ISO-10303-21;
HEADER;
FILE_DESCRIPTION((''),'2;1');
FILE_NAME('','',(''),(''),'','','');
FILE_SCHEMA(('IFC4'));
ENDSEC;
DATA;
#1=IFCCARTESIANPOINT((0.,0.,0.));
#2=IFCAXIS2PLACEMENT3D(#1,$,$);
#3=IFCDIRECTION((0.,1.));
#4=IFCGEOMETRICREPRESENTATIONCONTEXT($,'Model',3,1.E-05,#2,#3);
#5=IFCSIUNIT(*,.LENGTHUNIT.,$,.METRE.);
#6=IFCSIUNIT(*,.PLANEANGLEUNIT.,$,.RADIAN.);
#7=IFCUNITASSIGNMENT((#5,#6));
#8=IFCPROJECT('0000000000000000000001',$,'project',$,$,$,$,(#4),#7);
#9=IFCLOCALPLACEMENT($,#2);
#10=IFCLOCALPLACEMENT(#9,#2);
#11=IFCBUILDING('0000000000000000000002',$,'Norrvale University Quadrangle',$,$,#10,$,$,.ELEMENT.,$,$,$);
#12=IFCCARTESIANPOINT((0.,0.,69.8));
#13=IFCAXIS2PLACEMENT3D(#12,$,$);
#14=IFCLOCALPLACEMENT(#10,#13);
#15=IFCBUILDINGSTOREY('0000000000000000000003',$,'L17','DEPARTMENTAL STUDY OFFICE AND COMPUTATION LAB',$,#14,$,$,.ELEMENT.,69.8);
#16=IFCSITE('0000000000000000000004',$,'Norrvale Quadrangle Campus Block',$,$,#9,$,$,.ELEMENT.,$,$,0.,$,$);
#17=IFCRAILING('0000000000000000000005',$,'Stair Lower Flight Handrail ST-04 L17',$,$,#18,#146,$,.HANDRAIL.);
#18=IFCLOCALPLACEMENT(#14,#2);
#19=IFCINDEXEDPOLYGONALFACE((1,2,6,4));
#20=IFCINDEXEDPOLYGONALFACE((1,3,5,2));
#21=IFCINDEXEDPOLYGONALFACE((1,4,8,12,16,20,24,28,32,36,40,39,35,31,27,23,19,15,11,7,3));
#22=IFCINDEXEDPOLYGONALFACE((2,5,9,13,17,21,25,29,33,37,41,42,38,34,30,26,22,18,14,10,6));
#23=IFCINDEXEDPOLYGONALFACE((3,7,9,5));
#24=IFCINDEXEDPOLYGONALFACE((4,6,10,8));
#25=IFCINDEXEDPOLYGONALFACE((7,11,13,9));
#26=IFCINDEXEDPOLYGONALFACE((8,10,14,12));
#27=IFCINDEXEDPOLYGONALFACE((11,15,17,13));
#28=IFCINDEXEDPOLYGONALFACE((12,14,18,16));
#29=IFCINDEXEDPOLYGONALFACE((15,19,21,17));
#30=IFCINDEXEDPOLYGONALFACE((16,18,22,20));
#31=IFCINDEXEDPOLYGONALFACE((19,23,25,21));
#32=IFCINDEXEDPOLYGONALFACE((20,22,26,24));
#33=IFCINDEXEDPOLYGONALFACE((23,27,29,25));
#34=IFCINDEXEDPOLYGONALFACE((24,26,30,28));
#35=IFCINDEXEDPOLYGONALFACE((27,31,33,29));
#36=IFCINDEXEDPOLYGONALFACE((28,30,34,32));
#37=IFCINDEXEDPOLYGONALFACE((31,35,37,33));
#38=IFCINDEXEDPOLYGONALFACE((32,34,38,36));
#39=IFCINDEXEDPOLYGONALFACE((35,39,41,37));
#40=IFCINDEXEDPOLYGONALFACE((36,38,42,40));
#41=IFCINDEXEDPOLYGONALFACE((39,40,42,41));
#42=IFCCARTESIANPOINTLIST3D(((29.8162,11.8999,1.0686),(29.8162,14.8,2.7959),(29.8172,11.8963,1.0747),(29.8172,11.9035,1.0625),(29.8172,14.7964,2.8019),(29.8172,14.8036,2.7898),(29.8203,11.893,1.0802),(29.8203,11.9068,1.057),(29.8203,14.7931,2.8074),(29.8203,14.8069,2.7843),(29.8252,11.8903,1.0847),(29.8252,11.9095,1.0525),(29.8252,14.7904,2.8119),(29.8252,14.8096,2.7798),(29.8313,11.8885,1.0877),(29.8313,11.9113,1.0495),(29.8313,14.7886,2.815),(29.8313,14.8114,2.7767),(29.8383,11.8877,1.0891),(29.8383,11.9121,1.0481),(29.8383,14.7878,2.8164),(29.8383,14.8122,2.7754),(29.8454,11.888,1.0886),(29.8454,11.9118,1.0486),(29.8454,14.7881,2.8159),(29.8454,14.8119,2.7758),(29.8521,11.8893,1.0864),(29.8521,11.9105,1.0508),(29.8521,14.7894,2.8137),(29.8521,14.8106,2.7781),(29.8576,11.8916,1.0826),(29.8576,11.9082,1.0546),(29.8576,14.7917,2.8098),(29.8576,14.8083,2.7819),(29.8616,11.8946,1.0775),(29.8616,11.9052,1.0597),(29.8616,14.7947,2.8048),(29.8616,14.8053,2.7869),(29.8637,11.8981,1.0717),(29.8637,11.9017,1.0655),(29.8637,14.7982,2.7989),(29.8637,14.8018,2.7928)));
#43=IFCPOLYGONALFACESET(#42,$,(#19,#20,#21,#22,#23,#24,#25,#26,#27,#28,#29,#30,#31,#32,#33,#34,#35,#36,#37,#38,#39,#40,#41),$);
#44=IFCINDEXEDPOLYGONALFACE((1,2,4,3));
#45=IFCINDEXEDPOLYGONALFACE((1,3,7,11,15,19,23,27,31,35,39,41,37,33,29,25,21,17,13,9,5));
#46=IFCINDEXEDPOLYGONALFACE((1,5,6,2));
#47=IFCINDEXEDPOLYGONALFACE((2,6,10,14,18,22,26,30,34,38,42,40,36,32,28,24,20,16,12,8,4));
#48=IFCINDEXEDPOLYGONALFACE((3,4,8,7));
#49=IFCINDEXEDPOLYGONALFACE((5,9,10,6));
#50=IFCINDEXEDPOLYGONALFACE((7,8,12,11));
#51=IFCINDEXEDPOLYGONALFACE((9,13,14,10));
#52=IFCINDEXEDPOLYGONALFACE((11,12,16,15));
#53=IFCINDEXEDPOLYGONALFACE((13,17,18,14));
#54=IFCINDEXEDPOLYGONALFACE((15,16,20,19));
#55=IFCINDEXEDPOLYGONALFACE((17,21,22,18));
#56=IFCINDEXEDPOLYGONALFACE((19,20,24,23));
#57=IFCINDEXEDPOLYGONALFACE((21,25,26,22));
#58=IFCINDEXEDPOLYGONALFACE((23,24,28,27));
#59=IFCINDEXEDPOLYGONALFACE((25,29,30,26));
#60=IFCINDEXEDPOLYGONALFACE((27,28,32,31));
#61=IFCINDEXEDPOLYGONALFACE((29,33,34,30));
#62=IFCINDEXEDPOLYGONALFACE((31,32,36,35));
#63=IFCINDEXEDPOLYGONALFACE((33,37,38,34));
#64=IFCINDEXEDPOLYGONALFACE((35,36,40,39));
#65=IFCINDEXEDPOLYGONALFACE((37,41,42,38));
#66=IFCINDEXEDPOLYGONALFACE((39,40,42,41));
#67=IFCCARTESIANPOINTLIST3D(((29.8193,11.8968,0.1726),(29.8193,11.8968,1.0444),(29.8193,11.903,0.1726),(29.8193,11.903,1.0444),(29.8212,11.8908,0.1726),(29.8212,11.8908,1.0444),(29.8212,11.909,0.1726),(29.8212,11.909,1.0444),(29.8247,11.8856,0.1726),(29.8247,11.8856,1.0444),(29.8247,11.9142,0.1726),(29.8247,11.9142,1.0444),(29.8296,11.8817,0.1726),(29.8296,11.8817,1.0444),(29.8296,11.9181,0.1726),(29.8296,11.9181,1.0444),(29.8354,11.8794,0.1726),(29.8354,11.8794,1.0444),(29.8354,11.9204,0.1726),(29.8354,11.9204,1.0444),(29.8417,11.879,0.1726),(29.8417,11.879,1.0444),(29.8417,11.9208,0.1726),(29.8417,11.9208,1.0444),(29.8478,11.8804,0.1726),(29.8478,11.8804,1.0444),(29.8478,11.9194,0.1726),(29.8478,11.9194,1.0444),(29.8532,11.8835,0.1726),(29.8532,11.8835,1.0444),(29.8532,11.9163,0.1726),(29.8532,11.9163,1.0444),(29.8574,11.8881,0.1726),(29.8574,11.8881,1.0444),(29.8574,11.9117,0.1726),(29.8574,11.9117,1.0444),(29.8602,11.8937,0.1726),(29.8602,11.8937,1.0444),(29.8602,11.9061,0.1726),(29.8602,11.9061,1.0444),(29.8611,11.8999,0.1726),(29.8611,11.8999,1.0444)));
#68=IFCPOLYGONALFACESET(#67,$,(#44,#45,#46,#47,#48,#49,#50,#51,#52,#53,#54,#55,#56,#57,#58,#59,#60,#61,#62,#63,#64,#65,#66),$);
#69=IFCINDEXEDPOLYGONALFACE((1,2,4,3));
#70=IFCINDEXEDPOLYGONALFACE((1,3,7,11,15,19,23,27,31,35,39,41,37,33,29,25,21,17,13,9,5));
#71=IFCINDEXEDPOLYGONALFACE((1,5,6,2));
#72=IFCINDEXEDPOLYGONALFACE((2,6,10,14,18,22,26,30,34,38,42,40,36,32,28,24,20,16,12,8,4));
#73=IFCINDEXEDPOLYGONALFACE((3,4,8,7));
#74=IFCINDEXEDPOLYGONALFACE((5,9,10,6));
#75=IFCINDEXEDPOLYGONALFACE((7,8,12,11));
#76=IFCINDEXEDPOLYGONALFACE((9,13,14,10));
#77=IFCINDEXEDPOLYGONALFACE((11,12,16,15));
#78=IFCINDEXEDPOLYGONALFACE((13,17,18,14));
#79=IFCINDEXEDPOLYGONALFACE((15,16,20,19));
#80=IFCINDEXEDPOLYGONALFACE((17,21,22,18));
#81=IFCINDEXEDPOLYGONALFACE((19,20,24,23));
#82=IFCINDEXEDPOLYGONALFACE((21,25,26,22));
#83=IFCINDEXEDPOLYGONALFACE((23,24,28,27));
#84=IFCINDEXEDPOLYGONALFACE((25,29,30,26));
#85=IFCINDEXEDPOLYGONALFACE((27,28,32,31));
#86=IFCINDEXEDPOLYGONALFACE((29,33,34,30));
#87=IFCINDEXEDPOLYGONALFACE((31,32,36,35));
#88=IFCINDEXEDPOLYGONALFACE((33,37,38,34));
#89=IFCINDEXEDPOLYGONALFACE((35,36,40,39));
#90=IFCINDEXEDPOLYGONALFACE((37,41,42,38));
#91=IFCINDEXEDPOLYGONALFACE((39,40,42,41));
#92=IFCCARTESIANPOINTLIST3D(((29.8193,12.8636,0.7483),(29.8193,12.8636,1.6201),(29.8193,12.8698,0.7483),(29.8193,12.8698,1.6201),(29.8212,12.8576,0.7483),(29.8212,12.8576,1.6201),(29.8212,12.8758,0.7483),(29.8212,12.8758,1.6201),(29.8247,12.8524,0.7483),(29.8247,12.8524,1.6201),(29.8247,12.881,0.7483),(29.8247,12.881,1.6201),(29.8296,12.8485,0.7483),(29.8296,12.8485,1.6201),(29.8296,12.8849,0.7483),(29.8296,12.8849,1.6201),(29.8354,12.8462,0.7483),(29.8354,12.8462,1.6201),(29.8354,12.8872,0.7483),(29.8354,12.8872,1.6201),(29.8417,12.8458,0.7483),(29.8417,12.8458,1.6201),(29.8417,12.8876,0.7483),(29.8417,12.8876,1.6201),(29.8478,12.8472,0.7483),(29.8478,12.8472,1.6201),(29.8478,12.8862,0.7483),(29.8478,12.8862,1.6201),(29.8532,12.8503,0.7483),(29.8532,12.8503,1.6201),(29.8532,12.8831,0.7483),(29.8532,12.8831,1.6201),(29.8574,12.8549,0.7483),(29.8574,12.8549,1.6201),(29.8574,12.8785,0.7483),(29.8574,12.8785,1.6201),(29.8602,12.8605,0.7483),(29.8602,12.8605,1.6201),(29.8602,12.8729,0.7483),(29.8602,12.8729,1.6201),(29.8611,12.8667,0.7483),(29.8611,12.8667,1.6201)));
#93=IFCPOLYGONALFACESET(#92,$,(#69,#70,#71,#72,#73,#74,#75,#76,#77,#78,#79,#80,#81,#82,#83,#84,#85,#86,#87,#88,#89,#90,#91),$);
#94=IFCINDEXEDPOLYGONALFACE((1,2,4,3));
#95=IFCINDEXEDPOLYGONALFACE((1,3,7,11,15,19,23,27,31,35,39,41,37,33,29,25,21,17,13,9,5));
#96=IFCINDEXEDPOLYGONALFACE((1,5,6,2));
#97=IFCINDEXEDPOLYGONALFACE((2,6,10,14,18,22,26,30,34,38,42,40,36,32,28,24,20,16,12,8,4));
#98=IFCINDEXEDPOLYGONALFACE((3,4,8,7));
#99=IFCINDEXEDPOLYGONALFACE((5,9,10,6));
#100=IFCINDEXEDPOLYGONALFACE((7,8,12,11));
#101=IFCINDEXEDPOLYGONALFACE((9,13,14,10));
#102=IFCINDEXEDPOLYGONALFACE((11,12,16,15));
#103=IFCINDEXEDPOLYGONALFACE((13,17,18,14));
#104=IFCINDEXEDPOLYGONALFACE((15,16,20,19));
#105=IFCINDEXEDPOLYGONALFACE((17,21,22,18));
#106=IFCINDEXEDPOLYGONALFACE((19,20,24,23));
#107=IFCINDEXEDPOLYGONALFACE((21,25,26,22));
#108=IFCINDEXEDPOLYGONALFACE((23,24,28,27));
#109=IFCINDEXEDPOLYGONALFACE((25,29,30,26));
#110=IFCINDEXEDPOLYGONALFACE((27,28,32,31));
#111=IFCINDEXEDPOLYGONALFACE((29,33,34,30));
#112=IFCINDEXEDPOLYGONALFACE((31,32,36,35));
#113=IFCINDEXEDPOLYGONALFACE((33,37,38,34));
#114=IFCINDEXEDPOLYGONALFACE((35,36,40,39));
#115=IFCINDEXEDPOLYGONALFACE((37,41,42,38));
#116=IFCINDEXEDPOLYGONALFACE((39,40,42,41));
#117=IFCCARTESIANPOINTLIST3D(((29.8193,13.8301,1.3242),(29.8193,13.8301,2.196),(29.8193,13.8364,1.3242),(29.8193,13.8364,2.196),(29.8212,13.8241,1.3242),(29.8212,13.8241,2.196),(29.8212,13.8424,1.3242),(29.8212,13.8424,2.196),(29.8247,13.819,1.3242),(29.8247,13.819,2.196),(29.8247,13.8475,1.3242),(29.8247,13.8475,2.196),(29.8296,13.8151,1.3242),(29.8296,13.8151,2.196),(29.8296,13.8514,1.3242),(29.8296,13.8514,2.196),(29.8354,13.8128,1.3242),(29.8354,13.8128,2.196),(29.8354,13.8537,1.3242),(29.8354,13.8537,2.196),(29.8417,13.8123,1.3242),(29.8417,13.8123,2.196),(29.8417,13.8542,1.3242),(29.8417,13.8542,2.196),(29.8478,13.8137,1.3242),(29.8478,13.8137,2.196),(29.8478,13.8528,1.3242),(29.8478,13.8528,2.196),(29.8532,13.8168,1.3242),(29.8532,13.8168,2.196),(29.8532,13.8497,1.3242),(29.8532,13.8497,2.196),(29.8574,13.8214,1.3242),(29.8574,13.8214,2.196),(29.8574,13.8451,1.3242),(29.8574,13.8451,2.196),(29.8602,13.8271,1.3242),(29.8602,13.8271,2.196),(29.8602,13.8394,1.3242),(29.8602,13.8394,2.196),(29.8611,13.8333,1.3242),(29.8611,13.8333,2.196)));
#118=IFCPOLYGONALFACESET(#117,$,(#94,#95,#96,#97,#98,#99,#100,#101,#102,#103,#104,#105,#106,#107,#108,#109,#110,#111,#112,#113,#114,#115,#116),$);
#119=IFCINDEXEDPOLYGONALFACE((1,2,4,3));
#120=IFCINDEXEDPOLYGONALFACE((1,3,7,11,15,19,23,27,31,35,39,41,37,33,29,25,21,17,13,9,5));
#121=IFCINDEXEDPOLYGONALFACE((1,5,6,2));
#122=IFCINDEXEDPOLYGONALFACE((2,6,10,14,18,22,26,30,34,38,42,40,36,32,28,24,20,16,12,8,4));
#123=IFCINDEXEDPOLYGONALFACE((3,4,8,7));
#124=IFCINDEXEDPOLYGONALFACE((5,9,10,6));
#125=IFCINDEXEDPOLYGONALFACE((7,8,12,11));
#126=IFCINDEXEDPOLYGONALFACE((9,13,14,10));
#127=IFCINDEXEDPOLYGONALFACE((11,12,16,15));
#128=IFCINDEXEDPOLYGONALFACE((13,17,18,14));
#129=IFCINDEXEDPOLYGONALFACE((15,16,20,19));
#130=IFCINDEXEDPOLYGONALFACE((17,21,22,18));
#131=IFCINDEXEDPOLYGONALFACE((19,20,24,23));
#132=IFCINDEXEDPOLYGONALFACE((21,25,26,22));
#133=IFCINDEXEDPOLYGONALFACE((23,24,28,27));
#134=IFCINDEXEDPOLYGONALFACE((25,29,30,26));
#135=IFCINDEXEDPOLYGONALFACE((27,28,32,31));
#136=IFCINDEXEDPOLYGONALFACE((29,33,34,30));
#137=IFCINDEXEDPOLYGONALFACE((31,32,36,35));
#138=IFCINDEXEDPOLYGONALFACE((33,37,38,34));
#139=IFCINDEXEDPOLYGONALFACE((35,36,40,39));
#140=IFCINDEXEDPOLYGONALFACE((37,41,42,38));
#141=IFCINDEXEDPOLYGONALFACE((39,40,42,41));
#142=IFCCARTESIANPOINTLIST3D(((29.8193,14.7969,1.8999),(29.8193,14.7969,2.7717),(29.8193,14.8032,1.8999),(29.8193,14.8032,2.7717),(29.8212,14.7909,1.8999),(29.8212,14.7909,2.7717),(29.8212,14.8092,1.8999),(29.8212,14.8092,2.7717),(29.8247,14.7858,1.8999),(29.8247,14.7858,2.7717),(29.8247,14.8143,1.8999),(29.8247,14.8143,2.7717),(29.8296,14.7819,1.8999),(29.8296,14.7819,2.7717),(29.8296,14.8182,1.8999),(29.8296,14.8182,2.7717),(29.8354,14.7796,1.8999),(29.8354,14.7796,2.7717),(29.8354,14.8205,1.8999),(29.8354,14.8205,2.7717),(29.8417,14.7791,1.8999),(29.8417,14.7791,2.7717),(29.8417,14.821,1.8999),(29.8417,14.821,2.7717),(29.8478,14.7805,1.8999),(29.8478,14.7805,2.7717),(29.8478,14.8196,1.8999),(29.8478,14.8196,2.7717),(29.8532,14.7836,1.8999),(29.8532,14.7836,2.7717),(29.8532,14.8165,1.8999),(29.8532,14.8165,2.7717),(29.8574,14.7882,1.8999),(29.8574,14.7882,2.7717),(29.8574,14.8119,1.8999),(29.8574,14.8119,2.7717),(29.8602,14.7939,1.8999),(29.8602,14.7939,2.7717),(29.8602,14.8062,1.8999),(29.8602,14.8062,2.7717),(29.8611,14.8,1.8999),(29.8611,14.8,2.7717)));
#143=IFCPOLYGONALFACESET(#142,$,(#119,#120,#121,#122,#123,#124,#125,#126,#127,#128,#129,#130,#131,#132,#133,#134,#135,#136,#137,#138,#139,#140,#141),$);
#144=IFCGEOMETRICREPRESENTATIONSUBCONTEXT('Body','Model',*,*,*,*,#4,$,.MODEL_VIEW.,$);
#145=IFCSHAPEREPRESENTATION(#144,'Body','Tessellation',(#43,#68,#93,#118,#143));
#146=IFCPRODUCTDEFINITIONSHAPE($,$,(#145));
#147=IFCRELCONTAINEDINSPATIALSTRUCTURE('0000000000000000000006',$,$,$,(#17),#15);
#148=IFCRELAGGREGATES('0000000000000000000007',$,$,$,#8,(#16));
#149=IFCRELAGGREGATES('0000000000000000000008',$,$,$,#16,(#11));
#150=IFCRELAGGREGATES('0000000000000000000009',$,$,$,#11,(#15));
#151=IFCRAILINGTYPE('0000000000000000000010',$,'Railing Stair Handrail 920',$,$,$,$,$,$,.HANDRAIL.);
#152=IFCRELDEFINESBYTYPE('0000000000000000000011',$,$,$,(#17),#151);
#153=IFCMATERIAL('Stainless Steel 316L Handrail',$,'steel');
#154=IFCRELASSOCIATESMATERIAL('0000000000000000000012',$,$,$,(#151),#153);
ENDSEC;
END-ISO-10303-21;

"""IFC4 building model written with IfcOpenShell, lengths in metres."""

from ifc_helpers import new_model, si_unit, direction, frame, origin, origin_2d, place, context, subcontext, project, spatial, circle, extrude, material, type_object, element, save


model = new_model("IFC4")

# Units and contexts
model_context = context("Model", 3, precision=1e-05, world=origin(), true_north=direction((0.0, 1.0)))
body_context = subcontext(model_context, "Body", "Model", "MODEL_VIEW")
ifc_project = project(units=[si_unit("LENGTHUNIT", "METRE"), si_unit("PLANEANGLEUNIT", "RADIAN")], contexts=[model_context])

# Site, building, storey
site_placement = place(None, origin())
site = spatial("IfcSite", under=ifc_project, at=site_placement, Name="Norrvale Quadrangle Campus Block", CompositionType="ELEMENT", RefElevation=0.0)
building_placement = place(site_placement, origin())
building = spatial("IfcBuilding", under=site, at=building_placement, Name="Norrvale University Quadrangle", CompositionType="ELEMENT")
storey_placement = place(building_placement, frame((0.0, 0.0, 69.8)))
storey = spatial("IfcBuildingStorey", under=building, at=storey_placement, Name="L17", Description="DEPARTMENTAL STUDY OFFICE AND COMPUTATION LAB", CompositionType="ELEMENT", Elevation=69.8)

# Railing
ifc_material_1 = material(Name="Stainless Steel 316L Handrail", Category="steel")
railing_type_1 = type_object("IfcRailingType", Name="Railing Stair Handrail 920", PredefinedType="HANDRAIL", material=ifc_material_1)
railing_1_placement = place(storey_placement, frame((29.8401, 11.8999, 0.1726)))
element("IfcRailing", 1, at=railing_1_placement, inside=storey, type_object=railing_type_1, Name="Stair Lower Flight Handrail ST-04 L17", PredefinedType="HANDRAIL", context=body_context, shape_type="SweptSolid", body=[
    extrude(circle(Radius=0.0239, at=origin_2d()), frame((0.0, 0.0, 0.896), z_axis=(0.0, 0.85916, 0.511706), x_axis=(-1.0, 0.0, 0.0)), (0.0, 0.0, 1.0), 3.3755),
    extrude(circle(Radius=0.021, at=origin_2d()), origin(), (0.0, 0.0, 1.0), 0.8718),
    extrude(circle(Radius=0.021, at=origin_2d()), frame((0.0, 0.9668, 0.5757)), (0.0, 0.0, 1.0), 0.8718),
    extrude(circle(Radius=0.021, at=origin_2d()), frame((0.0, 1.9333, 1.1516)), (0.0, 0.0, 1.0), 0.8718),
    extrude(circle(Radius=0.021, at=origin_2d()), frame((0.0, 2.9001, 1.7273)), (0.0, 0.0, 1.0), 0.8718),
])

save(model, "model.ifc")
